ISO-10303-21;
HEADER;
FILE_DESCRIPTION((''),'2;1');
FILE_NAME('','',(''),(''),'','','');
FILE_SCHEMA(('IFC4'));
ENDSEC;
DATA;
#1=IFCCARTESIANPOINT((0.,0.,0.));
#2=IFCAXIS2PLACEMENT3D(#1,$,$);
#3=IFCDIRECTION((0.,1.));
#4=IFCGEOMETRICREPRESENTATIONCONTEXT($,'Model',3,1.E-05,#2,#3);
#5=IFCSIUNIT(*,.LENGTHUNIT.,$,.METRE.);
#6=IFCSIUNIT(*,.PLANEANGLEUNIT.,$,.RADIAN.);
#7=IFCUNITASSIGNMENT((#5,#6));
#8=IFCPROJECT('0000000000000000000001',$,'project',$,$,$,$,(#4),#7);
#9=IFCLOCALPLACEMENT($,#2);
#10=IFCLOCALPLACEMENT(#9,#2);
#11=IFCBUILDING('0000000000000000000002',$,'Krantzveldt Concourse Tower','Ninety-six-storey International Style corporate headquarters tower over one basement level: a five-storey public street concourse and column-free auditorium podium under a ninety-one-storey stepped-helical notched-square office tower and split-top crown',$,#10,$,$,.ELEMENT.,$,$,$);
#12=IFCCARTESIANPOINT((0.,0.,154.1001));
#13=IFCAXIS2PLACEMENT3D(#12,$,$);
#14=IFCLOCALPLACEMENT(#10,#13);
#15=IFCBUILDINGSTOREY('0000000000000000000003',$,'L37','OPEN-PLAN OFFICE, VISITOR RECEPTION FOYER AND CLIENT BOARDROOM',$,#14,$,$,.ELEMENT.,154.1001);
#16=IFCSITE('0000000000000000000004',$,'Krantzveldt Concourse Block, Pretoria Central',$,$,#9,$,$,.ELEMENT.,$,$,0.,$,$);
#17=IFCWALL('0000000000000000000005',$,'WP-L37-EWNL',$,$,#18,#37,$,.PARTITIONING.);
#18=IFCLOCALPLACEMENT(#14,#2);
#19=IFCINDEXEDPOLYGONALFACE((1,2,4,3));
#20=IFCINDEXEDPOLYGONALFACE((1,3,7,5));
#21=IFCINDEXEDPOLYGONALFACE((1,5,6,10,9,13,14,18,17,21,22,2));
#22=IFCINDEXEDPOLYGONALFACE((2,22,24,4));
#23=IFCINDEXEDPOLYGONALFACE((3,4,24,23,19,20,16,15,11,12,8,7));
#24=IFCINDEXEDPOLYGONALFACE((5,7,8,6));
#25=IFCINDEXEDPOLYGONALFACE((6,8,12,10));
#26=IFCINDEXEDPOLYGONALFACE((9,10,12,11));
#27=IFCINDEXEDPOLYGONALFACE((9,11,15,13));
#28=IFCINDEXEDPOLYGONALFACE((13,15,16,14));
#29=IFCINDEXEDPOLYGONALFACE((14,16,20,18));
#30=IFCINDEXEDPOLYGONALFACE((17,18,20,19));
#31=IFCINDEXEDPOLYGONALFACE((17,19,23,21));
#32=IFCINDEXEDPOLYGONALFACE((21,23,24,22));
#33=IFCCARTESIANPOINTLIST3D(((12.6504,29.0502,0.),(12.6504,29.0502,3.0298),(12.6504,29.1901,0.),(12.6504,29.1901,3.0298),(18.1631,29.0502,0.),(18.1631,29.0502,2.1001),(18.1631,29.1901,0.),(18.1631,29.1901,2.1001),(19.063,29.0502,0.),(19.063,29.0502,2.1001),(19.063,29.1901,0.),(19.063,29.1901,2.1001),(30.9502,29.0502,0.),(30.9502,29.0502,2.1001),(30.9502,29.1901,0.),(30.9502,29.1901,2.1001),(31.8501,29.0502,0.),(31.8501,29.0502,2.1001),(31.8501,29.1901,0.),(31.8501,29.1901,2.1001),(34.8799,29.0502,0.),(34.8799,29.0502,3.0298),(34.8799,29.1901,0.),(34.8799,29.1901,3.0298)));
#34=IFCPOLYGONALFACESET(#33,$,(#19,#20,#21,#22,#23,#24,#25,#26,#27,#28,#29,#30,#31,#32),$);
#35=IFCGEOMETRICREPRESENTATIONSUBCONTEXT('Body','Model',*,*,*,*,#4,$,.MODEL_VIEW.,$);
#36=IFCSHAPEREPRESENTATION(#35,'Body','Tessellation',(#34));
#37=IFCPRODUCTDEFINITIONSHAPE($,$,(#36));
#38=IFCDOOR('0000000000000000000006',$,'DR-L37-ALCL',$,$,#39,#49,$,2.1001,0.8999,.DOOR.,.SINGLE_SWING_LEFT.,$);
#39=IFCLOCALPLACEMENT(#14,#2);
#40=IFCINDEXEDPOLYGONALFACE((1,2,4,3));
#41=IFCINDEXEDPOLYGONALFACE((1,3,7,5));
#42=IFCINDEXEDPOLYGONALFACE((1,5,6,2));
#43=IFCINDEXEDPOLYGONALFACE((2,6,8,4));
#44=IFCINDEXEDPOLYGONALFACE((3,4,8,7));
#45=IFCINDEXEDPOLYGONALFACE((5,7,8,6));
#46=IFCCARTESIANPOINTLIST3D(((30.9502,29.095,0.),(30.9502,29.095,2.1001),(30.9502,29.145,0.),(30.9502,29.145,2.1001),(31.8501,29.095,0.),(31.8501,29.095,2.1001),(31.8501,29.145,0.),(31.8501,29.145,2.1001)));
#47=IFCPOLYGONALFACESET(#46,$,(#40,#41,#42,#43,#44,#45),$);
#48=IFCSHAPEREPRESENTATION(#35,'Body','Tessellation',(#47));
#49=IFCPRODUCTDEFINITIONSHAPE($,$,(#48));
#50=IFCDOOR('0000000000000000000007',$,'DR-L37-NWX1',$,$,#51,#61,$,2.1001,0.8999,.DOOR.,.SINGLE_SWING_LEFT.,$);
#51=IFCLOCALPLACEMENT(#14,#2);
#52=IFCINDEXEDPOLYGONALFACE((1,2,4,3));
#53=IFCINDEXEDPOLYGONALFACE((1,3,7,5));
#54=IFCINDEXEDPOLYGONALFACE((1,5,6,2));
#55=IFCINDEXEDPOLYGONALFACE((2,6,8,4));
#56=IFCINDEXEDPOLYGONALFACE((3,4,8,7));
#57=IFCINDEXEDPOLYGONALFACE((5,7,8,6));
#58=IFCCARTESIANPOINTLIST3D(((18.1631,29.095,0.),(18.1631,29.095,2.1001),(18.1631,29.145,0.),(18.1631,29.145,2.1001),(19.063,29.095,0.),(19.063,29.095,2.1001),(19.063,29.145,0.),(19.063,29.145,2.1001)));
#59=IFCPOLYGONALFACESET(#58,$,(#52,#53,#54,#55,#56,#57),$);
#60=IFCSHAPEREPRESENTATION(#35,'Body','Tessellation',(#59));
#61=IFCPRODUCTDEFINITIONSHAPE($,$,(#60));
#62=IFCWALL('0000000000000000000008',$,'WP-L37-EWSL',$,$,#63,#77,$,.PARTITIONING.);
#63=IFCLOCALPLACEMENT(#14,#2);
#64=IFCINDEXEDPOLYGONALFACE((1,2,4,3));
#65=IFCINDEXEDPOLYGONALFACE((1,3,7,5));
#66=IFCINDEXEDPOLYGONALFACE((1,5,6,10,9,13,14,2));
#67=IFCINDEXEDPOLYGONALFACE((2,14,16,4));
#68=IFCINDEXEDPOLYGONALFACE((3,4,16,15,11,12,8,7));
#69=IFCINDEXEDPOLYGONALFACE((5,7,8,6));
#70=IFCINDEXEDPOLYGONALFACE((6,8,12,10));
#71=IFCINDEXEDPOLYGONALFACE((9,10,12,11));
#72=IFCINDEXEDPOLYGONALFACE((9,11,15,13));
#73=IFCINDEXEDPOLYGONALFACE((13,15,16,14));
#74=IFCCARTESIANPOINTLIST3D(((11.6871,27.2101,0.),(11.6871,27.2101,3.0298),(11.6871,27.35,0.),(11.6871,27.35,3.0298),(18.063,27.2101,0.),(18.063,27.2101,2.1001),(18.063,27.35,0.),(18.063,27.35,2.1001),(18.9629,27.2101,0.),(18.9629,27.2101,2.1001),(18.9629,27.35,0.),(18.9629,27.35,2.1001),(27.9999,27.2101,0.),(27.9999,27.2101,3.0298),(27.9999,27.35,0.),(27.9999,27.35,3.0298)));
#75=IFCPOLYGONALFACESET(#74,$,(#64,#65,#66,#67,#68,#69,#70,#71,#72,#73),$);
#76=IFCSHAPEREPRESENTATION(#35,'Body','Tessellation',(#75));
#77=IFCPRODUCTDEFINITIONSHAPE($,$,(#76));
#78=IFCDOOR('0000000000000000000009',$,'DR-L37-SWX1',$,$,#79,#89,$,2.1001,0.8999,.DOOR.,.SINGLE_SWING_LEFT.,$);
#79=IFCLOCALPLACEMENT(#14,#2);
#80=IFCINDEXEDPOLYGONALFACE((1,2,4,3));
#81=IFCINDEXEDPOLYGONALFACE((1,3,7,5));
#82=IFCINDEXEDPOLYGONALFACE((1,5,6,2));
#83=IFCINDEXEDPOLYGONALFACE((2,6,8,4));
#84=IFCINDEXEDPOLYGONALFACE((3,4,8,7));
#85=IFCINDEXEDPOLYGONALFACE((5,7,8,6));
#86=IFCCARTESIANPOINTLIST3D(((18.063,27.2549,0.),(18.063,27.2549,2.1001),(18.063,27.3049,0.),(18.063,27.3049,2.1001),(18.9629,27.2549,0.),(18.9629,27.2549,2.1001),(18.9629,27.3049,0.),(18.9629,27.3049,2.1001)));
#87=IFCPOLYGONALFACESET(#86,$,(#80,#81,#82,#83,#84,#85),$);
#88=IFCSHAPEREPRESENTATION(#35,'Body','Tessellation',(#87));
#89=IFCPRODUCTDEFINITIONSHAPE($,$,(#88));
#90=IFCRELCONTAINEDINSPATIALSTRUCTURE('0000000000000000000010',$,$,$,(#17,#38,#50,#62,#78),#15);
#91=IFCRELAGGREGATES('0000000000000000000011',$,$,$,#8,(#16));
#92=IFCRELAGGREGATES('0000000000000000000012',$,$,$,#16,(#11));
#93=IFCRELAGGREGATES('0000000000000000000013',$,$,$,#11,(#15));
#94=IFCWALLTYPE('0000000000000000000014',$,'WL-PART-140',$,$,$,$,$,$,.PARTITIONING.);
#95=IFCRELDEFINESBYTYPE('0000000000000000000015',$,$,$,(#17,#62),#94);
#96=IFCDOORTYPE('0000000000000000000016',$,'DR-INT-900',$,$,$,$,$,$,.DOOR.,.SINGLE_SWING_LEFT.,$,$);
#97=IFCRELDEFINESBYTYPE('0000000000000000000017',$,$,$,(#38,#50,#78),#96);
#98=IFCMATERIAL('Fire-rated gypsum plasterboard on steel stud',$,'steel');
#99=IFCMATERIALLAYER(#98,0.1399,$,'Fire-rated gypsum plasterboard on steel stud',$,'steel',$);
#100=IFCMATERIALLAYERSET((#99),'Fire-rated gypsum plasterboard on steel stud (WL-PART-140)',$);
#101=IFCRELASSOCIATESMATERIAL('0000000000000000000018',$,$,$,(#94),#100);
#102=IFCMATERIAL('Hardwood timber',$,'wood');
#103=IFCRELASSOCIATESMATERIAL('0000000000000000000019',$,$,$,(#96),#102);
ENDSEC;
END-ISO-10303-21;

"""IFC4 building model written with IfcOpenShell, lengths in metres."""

from ifc_helpers import new_model, si_unit, direction, frame, frame_2d, origin, place, context, subcontext, project, spatial, rectangle, extrude, material, layer, layer_set, type_object, element, fill, save


model = new_model("IFC4")

# Units and contexts
model_context = context("Model", 3, precision=1e-05, world=origin(), true_north=direction((0.0, 1.0)))
body_context = subcontext(model_context, "Body", "Model", "MODEL_VIEW")
ifc_project = project(units=[si_unit("LENGTHUNIT", "METRE"), si_unit("PLANEANGLEUNIT", "RADIAN")], contexts=[model_context])

# Site, building, storey
site_placement = place(None, origin())
site = spatial("IfcSite", under=ifc_project, at=site_placement, Name="Krantzveldt Concourse Block, Pretoria Central", CompositionType="ELEMENT", RefElevation=0.0)
building_placement = place(site_placement, origin())
building = spatial("IfcBuilding", under=site, at=building_placement, Name="Krantzveldt Concourse Tower", Description="Ninety-six-storey International Style corporate headquarters tower over one basement level: a five-storey public street concourse and column-free auditorium podium under a ninety-one-storey stepped-helical notched-square office tower and split-top crown", CompositionType="ELEMENT")
storey_placement = place(building_placement, frame((0.0, 0.0, 154.1001)))
storey = spatial("IfcBuildingStorey", under=building, at=storey_placement, Name="L37", Description="OPEN-PLAN OFFICE, VISITOR RECEPTION FOYER AND CLIENT BOARDROOM", CompositionType="ELEMENT", Elevation=154.1001)

# Wall, openings, doors
ifc_material_1 = material(Name="Fire-rated gypsum plasterboard on steel stud", Category="steel")
ifc_layer_1 = layer(ifc_material_1, 0.1399, Name="Fire-rated gypsum plasterboard on steel stud", Category="steel")
ifc_layer_set_1 = layer_set([ifc_layer_1], Name="Fire-rated gypsum plasterboard on steel stud (WL-PART-140)")
wall_type = type_object("IfcWallType", Name="WL-PART-140", PredefinedType="PARTITIONING", material=ifc_layer_set_1)
wall_1_placement = place(storey_placement, frame((12.6504, 29.1201, 0.0), z_axis=(0.0, 0.0, 1.0), x_axis=(1.0, 0.0, 0.0)))
wall_1 = element("IfcWall", 1, at=wall_1_placement, inside=storey, type_object=wall_type, Name="WP-L37-EWNL", PredefinedType="PARTITIONING", context=body_context, shape_type="SweptSolid", body=[
    extrude(rectangle(XDim=22.2295, YDim=0.1399, at=frame_2d((11.1147, 0.0))), origin(), (0.0, 0.0, 1.0), 3.0298),
])
opening_1_placement = place(wall_1_placement, frame((18.2998, 0.0, 0.0)))
opening_1 = element("IfcOpeningElement", 2, at=opening_1_placement, cuts=wall_1, PredefinedType="OPENING", context=body_context, shape_type="SweptSolid", body=[
    extrude(rectangle(XDim=0.8999, YDim=2.1001, at=frame_2d((0.45, 1.05))), frame((0.0, 0.0801, 0.0), z_axis=(0.0, -1.0, 0.0), x_axis=(1.0, 0.0, 0.0)), (0.0, 0.0, 1.0), 0.1599),
])
opening_2_placement = place(wall_1_placement, frame((5.5127, 0.0, 0.0)))
opening_2 = element("IfcOpeningElement", 3, at=opening_2_placement, cuts=wall_1, PredefinedType="OPENING", context=body_context, shape_type="SweptSolid", body=[
    extrude(rectangle(XDim=0.8999, YDim=2.1001, at=frame_2d((0.45, 1.05))), frame((0.0, 0.0801, 0.0), z_axis=(0.0, -1.0, 0.0), x_axis=(1.0, 0.0, 0.0)), (0.0, 0.0, 1.0), 0.1599),
])
ifc_material_2 = material(Name="Hardwood timber", Category="wood")
door_type = type_object("IfcDoorType", Name="DR-INT-900", OperationType="SINGLE_SWING_LEFT", PredefinedType="DOOR", material=ifc_material_2)
door_1_placement = place(opening_1_placement, origin())
door_1 = element("IfcDoor", 4, at=door_1_placement, inside=storey, type_object=door_type, Name="DR-L37-ALCL", OperationType="SINGLE_SWING_LEFT", OverallHeight=2.1001, OverallWidth=0.8999, PredefinedType="DOOR", context=body_context, shape_type="SweptSolid", body=[
    extrude(rectangle(XDim=0.8999, YDim=2.1001, at=frame_2d((0.45, 1.05))), frame((0.0, 0.0249, 0.0), z_axis=(0.0, -1.0, 0.0), x_axis=(1.0, 0.0, 0.0)), (0.0, 0.0, 1.0), 0.05),
])
fill(opening_1, door_1)
door_2_placement = place(opening_2_placement, origin())
door_2 = element("IfcDoor", 5, at=door_2_placement, inside=storey, type_object=door_type, Name="DR-L37-NWX1", OperationType="SINGLE_SWING_LEFT", OverallHeight=2.1001, OverallWidth=0.8999, PredefinedType="DOOR", context=body_context, shape_type="SweptSolid", body=[
    extrude(rectangle(XDim=0.8999, YDim=2.1001, at=frame_2d((0.45, 1.05))), frame((0.0, 0.0249, 0.0), z_axis=(0.0, -1.0, 0.0), x_axis=(1.0, 0.0, 0.0)), (0.0, 0.0, 1.0), 0.05),
])
fill(opening_2, door_2)

# Wall, opening, door
wall_2_placement = place(storey_placement, frame((11.6873, 27.28, 0.0), z_axis=(0.0, 0.0, 1.0), x_axis=(1.0, 0.0, 0.0)))
wall_2 = element("IfcWall", 6, at=wall_2_placement, inside=storey, type_object=wall_type, Name="WP-L37-EWSL", PredefinedType="PARTITIONING", context=body_context, shape_type="SweptSolid", body=[
    extrude(rectangle(XDim=16.3127, YDim=0.1399, at=frame_2d((8.1562, 0.0))), origin(), (0.0, 0.0, 1.0), 3.0298),
])
opening_3_placement = place(wall_2_placement, frame((6.3757, 0.0, 0.0)))
opening_3 = element("IfcOpeningElement", 7, at=opening_3_placement, cuts=wall_2, PredefinedType="OPENING", context=body_context, shape_type="SweptSolid", body=[
    extrude(rectangle(XDim=0.8999, YDim=2.1001, at=frame_2d((0.45, 1.05))), frame((0.0, 0.0801, 0.0), z_axis=(0.0, -1.0, 0.0), x_axis=(1.0, 0.0, 0.0)), (0.0, 0.0, 1.0), 0.1599),
])
door_3_placement = place(opening_3_placement, origin())
door_3 = element("IfcDoor", 8, at=door_3_placement, inside=storey, type_object=door_type, Name="DR-L37-SWX1", OperationType="SINGLE_SWING_LEFT", OverallHeight=2.1001, OverallWidth=0.8999, PredefinedType="DOOR", context=body_context, shape_type="SweptSolid", body=[
    extrude(rectangle(XDim=0.8999, YDim=2.1001, at=frame_2d((0.45, 1.05))), frame((0.0, 0.0249, 0.0), z_axis=(0.0, -1.0, 0.0), x_axis=(1.0, 0.0, 0.0)), (0.0, 0.0, 1.0), 0.05),
])
fill(opening_3, door_3)

save(model, "model.ifc")
